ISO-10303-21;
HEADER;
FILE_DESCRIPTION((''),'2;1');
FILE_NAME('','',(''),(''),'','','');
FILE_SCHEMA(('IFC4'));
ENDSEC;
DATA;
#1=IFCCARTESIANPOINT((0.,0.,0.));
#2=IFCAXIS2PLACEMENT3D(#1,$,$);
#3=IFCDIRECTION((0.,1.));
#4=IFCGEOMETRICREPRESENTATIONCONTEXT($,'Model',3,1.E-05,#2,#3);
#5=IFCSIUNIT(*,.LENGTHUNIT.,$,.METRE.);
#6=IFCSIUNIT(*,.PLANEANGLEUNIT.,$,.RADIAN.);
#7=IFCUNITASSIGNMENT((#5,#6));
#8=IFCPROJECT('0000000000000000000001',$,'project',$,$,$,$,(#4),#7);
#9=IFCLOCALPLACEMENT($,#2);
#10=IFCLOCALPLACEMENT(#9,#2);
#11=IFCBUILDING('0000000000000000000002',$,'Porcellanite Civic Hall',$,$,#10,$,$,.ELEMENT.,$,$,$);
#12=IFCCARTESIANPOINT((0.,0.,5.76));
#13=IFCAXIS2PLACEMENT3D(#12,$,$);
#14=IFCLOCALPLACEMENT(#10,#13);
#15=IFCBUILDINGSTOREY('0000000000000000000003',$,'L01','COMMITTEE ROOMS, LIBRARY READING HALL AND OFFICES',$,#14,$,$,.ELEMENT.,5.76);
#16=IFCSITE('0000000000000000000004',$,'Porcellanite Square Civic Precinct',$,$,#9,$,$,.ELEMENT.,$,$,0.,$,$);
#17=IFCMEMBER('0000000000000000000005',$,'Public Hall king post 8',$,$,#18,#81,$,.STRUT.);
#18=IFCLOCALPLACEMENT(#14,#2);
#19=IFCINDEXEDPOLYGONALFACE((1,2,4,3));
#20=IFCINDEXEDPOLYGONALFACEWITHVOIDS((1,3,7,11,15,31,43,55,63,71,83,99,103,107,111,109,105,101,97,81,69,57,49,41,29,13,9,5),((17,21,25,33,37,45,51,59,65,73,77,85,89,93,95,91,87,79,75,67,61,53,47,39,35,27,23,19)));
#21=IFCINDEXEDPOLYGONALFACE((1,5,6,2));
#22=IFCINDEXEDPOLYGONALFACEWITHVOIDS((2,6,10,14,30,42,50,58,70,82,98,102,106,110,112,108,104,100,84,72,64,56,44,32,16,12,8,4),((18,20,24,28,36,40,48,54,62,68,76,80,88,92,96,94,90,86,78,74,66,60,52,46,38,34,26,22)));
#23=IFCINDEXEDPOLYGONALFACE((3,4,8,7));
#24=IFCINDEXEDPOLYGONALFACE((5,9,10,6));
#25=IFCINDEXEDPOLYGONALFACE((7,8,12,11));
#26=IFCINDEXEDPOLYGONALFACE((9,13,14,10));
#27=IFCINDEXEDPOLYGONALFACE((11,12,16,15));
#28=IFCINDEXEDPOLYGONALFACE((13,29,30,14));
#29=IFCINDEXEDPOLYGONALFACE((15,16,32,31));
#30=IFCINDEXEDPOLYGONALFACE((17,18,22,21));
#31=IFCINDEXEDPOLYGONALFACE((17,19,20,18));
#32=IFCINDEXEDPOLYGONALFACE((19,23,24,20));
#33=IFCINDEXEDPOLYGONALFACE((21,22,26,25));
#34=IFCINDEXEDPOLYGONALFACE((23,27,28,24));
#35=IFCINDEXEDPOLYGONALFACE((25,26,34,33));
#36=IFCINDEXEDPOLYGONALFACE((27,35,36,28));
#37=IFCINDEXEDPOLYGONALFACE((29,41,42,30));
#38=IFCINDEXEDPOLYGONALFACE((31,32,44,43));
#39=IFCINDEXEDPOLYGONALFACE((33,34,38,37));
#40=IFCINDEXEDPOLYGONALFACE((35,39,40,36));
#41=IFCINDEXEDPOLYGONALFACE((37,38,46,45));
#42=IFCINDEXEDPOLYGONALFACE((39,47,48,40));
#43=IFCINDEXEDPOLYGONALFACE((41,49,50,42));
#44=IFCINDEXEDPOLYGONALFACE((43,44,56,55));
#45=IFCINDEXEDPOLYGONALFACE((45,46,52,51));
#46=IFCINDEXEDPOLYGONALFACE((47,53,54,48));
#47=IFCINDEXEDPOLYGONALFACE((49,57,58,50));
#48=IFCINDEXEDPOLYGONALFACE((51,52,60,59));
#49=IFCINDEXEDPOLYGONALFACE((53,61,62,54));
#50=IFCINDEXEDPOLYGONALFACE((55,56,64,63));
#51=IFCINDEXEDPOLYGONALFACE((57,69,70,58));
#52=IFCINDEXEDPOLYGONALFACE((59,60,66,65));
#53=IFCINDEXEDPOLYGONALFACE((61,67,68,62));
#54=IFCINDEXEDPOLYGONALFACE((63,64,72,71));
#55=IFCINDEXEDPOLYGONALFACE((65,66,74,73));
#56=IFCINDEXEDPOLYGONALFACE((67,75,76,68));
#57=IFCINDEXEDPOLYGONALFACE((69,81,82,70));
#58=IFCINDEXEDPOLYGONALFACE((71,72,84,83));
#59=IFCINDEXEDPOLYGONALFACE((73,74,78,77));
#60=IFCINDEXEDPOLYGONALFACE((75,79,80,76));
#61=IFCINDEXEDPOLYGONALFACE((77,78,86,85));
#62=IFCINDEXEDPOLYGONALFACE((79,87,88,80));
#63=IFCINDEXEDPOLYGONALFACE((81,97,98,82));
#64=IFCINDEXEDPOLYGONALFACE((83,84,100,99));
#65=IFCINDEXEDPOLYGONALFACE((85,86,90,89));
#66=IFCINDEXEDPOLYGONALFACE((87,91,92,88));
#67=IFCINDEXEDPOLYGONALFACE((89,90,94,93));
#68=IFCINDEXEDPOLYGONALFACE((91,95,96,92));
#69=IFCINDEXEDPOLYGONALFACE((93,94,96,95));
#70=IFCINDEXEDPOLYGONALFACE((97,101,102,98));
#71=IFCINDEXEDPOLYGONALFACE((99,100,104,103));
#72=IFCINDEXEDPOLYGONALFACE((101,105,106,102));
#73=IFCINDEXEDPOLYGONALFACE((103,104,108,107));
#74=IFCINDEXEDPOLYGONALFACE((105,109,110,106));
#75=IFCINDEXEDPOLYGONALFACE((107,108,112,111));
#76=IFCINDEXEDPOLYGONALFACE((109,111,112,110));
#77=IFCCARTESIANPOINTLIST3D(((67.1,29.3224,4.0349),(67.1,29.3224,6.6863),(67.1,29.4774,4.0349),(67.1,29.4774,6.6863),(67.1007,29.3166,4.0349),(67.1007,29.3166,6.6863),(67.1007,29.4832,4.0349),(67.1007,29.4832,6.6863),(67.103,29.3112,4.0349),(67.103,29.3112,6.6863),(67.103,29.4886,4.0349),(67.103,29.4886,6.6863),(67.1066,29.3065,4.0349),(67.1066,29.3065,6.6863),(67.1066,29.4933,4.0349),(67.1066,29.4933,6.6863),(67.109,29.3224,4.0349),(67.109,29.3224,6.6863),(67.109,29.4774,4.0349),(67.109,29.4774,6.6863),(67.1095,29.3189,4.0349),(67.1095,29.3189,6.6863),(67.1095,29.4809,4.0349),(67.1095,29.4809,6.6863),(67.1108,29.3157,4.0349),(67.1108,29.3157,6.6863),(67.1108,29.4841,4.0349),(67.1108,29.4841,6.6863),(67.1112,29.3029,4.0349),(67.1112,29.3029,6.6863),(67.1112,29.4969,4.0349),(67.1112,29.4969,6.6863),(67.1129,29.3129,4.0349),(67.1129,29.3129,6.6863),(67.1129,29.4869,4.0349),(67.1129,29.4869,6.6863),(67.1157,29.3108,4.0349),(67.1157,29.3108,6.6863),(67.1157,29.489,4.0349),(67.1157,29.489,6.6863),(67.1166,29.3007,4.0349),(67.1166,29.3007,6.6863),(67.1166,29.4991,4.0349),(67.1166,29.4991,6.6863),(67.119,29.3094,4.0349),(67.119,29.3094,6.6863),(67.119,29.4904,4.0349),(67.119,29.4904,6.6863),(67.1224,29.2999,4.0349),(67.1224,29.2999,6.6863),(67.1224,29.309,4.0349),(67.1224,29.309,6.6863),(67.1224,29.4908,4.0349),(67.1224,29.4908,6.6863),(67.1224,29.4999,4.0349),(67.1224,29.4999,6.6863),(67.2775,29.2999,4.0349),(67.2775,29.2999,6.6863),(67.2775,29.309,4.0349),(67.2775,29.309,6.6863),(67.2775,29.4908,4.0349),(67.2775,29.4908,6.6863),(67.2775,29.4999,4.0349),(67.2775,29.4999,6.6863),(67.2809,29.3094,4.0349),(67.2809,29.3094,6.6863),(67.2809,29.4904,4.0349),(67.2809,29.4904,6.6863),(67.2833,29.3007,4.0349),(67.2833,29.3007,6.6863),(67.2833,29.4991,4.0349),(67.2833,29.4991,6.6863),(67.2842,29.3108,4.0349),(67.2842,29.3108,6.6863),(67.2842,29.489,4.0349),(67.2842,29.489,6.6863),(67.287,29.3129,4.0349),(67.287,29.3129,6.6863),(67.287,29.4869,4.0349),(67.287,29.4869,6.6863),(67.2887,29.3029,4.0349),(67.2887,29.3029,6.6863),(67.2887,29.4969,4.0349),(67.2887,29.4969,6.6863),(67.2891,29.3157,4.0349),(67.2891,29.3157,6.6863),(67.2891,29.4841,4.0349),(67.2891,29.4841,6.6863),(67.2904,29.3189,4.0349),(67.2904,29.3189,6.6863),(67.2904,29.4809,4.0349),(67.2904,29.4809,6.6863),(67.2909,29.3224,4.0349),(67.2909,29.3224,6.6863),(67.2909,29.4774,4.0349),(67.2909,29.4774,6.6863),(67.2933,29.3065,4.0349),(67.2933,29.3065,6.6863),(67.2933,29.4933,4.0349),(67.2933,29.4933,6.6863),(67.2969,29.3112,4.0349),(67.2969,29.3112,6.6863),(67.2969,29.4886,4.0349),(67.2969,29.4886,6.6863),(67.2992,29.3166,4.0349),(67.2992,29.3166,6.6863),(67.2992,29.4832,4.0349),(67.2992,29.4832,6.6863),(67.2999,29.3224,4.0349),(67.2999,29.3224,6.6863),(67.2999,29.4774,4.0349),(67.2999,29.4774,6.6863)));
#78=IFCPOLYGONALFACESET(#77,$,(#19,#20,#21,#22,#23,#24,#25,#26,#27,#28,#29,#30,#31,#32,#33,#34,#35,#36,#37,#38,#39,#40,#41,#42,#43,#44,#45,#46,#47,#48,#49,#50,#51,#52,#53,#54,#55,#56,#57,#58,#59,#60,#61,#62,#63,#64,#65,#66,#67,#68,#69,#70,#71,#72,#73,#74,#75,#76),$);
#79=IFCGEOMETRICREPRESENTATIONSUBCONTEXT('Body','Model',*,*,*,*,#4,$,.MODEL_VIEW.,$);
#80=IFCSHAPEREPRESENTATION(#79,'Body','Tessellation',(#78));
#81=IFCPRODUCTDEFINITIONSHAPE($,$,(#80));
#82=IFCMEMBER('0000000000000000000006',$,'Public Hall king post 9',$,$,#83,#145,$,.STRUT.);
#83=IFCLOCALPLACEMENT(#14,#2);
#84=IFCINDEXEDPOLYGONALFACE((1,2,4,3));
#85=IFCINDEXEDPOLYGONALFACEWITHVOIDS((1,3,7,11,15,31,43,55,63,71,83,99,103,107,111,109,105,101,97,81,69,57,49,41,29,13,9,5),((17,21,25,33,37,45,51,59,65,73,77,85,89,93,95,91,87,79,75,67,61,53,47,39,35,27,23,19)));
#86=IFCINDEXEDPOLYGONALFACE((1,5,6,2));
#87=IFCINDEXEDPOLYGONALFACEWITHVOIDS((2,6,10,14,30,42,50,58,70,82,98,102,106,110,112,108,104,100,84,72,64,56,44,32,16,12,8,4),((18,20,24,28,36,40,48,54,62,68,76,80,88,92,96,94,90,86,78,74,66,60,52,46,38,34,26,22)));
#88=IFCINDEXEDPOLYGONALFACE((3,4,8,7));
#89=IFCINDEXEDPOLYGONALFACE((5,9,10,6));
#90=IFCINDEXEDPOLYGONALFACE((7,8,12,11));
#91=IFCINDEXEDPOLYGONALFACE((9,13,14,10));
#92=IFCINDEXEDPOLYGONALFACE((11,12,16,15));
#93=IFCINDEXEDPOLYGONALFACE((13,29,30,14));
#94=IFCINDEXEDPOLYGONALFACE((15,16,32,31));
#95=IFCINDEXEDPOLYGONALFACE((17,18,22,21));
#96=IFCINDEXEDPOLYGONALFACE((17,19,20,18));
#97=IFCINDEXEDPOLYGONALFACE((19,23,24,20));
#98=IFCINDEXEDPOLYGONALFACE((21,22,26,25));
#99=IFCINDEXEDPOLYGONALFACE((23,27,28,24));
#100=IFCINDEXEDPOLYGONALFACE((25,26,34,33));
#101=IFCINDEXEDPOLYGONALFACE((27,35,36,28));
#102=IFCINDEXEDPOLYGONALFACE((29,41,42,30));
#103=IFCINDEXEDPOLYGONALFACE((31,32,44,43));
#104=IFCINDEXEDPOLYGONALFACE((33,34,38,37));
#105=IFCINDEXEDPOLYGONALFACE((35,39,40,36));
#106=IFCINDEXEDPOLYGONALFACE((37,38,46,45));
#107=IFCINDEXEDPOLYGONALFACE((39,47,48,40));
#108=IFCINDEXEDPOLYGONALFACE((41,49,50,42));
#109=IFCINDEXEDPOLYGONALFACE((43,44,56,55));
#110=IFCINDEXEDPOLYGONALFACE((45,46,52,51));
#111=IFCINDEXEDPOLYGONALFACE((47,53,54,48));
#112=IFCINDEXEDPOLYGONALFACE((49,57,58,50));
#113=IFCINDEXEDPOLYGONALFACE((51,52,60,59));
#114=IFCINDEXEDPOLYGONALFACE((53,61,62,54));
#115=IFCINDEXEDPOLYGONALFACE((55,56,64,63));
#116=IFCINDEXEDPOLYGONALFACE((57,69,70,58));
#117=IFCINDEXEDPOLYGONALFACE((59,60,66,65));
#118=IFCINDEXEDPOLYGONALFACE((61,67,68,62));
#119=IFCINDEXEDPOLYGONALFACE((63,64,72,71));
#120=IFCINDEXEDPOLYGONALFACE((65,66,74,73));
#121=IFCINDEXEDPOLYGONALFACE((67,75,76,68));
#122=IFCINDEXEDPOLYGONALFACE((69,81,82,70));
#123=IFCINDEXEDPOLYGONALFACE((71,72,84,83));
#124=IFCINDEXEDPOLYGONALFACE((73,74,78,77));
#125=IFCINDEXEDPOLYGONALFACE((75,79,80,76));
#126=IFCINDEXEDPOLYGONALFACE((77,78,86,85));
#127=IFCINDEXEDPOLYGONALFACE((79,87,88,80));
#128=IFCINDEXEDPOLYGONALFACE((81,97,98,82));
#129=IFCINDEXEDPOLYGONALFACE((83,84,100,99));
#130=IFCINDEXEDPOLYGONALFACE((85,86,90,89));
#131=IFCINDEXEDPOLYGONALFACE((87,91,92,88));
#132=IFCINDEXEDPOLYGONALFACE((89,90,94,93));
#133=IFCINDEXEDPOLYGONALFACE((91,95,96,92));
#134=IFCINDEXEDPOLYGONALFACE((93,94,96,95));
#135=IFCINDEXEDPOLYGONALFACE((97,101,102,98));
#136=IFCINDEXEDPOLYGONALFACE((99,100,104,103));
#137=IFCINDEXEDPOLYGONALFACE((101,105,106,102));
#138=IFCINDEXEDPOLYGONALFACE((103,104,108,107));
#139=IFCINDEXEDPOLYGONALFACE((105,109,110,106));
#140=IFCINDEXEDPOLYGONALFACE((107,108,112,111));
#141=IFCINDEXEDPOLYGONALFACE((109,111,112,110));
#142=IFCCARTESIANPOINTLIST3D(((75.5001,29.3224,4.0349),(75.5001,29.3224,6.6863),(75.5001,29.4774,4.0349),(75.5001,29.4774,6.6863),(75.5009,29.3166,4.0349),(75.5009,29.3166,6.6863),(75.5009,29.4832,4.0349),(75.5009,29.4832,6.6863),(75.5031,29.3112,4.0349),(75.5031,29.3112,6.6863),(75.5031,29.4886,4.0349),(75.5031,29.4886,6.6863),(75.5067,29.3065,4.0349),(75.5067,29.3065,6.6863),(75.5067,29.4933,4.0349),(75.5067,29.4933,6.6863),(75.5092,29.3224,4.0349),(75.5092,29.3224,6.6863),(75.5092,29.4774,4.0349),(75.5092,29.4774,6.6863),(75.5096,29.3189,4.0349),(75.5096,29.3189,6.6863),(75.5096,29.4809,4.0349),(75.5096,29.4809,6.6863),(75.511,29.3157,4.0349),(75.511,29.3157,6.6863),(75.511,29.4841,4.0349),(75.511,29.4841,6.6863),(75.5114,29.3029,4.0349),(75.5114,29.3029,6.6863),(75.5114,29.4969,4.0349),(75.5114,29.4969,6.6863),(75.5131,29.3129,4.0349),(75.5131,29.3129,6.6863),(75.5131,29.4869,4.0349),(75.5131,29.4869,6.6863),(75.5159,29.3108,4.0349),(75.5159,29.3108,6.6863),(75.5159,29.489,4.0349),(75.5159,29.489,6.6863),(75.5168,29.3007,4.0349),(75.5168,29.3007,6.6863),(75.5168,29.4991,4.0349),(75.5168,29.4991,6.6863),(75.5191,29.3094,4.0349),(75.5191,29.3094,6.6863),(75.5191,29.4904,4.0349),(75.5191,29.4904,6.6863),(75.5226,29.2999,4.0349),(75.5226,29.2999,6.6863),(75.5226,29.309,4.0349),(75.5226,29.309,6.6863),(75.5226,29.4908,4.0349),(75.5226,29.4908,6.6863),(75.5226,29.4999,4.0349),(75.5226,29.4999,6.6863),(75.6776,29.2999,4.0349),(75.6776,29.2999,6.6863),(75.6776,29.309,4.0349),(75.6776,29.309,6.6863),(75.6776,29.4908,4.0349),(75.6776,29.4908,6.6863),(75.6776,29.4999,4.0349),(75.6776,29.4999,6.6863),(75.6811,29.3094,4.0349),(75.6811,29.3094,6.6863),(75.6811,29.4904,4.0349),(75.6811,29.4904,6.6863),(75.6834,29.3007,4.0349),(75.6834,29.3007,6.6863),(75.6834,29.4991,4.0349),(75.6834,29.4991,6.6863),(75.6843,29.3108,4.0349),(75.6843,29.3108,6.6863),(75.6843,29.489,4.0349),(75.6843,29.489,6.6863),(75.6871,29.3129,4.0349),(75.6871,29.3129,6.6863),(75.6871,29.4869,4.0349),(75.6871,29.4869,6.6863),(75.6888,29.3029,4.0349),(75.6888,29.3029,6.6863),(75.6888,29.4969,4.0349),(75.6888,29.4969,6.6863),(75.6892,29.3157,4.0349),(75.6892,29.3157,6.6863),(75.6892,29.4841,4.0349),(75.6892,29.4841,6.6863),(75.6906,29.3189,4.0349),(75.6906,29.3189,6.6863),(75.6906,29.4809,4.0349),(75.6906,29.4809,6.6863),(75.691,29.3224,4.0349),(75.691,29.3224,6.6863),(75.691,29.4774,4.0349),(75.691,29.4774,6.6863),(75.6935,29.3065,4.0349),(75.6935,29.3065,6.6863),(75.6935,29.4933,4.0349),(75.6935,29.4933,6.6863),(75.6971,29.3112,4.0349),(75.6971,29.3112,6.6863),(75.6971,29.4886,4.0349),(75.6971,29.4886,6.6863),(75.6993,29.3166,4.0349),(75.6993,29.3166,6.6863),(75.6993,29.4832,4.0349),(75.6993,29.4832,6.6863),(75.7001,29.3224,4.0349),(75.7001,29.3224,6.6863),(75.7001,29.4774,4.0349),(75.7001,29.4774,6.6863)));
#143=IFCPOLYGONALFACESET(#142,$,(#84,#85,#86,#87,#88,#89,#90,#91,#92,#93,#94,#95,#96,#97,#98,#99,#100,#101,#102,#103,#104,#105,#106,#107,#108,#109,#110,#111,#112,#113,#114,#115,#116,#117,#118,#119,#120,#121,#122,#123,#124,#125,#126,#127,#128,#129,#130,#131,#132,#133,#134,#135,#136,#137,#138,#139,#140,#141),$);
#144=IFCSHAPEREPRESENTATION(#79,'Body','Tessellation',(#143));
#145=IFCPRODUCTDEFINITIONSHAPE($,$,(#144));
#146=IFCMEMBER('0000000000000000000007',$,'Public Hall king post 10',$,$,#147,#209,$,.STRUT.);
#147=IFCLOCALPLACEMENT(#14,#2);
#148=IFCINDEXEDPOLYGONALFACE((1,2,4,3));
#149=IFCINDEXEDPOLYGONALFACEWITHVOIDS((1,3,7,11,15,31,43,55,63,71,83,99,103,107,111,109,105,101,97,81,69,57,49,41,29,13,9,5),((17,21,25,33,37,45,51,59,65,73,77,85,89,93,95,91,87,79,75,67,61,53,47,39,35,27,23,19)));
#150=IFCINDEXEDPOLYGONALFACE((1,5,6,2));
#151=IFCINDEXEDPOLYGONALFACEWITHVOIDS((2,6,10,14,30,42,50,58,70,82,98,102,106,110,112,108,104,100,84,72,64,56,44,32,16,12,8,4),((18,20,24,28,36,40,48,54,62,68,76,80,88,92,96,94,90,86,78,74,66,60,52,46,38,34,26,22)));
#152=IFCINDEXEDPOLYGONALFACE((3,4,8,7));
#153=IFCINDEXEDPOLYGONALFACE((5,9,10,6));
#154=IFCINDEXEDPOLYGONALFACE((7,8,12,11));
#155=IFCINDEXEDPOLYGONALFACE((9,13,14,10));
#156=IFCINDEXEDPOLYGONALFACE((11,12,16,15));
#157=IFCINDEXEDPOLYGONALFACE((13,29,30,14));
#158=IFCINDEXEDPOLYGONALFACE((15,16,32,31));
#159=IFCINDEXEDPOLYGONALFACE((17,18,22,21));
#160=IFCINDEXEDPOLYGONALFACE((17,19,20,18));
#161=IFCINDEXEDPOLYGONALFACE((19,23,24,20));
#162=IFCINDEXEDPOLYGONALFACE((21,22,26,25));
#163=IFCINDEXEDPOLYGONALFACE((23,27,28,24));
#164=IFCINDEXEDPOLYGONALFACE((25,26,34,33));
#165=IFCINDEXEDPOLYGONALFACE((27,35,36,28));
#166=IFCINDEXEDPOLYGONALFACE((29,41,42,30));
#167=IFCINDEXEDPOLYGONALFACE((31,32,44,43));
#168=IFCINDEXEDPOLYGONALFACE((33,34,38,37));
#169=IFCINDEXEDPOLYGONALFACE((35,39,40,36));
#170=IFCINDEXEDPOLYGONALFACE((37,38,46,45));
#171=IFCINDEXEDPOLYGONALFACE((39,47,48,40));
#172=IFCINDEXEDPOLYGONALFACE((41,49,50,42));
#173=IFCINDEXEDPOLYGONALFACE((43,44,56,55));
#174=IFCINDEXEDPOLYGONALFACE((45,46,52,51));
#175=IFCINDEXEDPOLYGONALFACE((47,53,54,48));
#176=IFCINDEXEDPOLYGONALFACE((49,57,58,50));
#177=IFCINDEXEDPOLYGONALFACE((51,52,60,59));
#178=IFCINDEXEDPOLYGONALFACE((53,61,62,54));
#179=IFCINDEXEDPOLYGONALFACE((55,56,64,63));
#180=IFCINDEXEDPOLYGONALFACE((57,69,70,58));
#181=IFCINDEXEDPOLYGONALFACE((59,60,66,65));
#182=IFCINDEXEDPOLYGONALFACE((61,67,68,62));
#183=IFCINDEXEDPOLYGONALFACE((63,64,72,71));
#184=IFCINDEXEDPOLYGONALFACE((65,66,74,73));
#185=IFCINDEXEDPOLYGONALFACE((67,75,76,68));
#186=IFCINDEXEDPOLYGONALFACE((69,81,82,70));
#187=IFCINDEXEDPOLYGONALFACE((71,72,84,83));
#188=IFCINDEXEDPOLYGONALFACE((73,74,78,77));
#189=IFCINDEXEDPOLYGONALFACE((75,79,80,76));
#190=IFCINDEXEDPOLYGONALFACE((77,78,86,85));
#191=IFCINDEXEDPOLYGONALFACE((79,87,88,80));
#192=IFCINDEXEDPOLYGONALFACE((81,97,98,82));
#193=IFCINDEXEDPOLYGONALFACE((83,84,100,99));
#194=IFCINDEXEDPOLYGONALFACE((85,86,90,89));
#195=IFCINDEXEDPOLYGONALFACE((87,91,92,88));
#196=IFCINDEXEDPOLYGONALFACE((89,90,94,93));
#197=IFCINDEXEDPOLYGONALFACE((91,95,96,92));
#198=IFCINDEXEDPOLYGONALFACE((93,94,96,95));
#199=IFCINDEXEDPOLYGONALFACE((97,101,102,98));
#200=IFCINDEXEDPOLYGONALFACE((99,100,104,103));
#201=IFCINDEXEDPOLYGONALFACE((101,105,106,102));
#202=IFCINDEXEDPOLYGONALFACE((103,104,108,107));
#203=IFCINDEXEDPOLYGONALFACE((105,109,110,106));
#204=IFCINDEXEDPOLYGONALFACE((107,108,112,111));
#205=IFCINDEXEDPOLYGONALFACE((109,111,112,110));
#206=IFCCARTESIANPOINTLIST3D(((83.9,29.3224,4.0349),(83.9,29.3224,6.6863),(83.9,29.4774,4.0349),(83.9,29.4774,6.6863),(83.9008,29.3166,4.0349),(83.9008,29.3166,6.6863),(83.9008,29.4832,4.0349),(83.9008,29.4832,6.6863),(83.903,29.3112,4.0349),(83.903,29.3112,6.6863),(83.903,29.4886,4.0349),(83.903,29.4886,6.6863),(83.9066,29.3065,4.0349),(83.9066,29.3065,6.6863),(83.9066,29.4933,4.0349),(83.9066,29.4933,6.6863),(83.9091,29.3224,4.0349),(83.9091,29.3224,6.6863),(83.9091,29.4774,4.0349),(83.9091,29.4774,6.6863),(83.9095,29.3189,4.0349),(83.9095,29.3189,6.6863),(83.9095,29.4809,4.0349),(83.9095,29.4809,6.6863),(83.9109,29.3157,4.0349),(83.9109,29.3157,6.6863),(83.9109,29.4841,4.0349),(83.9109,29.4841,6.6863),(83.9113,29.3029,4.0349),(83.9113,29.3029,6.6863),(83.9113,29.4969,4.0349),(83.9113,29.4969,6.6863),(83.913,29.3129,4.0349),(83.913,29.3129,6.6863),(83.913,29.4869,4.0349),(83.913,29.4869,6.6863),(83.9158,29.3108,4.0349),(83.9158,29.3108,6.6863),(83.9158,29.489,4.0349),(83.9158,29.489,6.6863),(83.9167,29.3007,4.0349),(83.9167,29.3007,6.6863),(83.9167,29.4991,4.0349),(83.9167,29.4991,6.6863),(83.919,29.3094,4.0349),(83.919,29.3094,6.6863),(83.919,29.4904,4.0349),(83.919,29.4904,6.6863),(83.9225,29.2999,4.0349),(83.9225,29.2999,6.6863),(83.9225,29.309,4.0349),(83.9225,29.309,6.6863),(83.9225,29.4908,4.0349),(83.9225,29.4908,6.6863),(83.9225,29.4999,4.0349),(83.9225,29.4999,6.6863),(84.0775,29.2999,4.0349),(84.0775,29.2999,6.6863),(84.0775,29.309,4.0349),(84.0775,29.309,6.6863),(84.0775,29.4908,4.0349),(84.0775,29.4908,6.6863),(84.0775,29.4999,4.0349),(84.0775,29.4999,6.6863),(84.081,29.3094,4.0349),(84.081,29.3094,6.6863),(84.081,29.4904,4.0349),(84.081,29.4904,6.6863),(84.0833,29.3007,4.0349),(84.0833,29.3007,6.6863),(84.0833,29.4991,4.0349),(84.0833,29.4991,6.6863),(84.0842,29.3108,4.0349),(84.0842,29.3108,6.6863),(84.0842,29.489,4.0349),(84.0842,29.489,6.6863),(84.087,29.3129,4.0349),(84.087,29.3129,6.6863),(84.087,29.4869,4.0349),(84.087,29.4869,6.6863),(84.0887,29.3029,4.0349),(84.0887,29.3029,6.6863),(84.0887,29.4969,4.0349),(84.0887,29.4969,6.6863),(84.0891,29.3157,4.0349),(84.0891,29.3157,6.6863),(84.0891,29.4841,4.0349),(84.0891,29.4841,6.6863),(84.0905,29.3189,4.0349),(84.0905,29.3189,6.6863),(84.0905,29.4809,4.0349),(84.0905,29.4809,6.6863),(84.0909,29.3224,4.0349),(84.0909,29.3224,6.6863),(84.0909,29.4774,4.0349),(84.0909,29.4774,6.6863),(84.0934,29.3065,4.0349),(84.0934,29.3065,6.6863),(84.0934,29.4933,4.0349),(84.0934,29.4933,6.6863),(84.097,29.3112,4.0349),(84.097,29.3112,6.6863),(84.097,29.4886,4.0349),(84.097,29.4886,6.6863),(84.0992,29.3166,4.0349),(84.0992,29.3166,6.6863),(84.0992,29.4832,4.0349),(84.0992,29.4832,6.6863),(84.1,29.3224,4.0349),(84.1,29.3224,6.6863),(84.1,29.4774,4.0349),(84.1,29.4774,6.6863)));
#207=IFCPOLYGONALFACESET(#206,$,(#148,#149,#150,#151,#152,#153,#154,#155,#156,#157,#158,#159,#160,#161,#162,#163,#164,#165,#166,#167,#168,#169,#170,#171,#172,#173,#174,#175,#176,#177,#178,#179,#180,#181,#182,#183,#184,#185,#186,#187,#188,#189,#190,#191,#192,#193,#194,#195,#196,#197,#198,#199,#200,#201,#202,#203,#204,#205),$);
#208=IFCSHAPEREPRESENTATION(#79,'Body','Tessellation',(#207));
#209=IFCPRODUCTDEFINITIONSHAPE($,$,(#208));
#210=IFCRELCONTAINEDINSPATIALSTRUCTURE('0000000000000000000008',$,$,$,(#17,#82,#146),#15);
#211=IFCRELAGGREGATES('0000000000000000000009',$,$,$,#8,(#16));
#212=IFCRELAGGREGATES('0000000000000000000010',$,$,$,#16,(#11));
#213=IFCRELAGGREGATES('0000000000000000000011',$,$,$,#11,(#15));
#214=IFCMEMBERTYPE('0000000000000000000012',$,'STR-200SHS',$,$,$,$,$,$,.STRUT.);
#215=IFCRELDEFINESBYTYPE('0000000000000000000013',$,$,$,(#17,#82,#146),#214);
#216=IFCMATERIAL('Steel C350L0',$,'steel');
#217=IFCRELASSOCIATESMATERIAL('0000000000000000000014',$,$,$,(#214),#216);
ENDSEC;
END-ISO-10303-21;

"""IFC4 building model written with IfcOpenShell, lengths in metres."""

from ifc_helpers import new_model, si_unit, direction, frame, origin, origin_2d, place, context, subcontext, project, spatial, hollow_rectangle, extrude, material, material_profile, profile_set, type_object, element, save


model = new_model("IFC4")

# Units and contexts
model_context = context("Model", 3, precision=1e-05, world=origin(), true_north=direction((0.0, 1.0)))
body_context = subcontext(model_context, "Body", "Model", "MODEL_VIEW")
ifc_project = project(units=[si_unit("LENGTHUNIT", "METRE"), si_unit("PLANEANGLEUNIT", "RADIAN")], contexts=[model_context])

# Site, building, storey
site_placement = place(None, origin())
site = spatial("IfcSite", under=ifc_project, at=site_placement, Name="Porcellanite Square Civic Precinct", CompositionType="ELEMENT", RefElevation=0.0)
building_placement = place(site_placement, origin())
building = spatial("IfcBuilding", under=site, at=building_placement, Name="Porcellanite Civic Hall", CompositionType="ELEMENT")
storey_placement = place(building_placement, frame((0.0, 0.0, 5.76)))
storey = spatial("IfcBuildingStorey", under=building, at=storey_placement, Name="L01", Description="COMMITTEE ROOMS, LIBRARY READING HALL AND OFFICES", CompositionType="ELEMENT", Elevation=5.76)

# Members
ifc_material_1 = material(Name="Steel C350L0", Category="steel")
ifc_material_profile_1 = material_profile(ifc_material_1, hollow_rectangle(XDim=0.2, YDim=0.2, WallThickness=0.009, InnerFilletRadius=0.0134, OuterFilletRadius=0.0225, at=origin_2d()), Name="200x200x9.0SHS")
ifc_profile_set_1 = profile_set([ifc_material_profile_1], Name="Steel C350L0")
member_type_1 = type_object("IfcMemberType", Name="STR-200SHS", PredefinedType="STRUT", material=ifc_profile_set_1)
for number, where, z_axis, x_axis, name in (
    (1, (67.2, 29.3999, 4.0349), (0.0, 0.0, 1.0), (1.0, 0.0, 0.0), "Public Hall king post 8"),
    (2, (75.6001, 29.3999, 4.0349), (0.0, 0.0, 1.0), (1.0, 0.0, 0.0), "Public Hall king post 9"),
    (3, (84.0, 29.3999, 4.0349), (0.0, 0.0, 1.0), (1.0, 0.0, 0.0), "Public Hall king post 10"),
):
    element("IfcMember", number, at=place(storey_placement, frame(where, z_axis=z_axis, x_axis=x_axis)), inside=storey, type_object=member_type_1, Name=name, PredefinedType="STRUT", context=body_context, shape_type="SweptSolid", body=[
        extrude(hollow_rectangle(XDim=0.2, YDim=0.2, WallThickness=0.009, InnerFilletRadius=0.0134, OuterFilletRadius=0.0225, at=origin_2d()), origin(), (0.0, 0.0, 1.0), 2.6514),
    ])

save(model, "model.ifc")
